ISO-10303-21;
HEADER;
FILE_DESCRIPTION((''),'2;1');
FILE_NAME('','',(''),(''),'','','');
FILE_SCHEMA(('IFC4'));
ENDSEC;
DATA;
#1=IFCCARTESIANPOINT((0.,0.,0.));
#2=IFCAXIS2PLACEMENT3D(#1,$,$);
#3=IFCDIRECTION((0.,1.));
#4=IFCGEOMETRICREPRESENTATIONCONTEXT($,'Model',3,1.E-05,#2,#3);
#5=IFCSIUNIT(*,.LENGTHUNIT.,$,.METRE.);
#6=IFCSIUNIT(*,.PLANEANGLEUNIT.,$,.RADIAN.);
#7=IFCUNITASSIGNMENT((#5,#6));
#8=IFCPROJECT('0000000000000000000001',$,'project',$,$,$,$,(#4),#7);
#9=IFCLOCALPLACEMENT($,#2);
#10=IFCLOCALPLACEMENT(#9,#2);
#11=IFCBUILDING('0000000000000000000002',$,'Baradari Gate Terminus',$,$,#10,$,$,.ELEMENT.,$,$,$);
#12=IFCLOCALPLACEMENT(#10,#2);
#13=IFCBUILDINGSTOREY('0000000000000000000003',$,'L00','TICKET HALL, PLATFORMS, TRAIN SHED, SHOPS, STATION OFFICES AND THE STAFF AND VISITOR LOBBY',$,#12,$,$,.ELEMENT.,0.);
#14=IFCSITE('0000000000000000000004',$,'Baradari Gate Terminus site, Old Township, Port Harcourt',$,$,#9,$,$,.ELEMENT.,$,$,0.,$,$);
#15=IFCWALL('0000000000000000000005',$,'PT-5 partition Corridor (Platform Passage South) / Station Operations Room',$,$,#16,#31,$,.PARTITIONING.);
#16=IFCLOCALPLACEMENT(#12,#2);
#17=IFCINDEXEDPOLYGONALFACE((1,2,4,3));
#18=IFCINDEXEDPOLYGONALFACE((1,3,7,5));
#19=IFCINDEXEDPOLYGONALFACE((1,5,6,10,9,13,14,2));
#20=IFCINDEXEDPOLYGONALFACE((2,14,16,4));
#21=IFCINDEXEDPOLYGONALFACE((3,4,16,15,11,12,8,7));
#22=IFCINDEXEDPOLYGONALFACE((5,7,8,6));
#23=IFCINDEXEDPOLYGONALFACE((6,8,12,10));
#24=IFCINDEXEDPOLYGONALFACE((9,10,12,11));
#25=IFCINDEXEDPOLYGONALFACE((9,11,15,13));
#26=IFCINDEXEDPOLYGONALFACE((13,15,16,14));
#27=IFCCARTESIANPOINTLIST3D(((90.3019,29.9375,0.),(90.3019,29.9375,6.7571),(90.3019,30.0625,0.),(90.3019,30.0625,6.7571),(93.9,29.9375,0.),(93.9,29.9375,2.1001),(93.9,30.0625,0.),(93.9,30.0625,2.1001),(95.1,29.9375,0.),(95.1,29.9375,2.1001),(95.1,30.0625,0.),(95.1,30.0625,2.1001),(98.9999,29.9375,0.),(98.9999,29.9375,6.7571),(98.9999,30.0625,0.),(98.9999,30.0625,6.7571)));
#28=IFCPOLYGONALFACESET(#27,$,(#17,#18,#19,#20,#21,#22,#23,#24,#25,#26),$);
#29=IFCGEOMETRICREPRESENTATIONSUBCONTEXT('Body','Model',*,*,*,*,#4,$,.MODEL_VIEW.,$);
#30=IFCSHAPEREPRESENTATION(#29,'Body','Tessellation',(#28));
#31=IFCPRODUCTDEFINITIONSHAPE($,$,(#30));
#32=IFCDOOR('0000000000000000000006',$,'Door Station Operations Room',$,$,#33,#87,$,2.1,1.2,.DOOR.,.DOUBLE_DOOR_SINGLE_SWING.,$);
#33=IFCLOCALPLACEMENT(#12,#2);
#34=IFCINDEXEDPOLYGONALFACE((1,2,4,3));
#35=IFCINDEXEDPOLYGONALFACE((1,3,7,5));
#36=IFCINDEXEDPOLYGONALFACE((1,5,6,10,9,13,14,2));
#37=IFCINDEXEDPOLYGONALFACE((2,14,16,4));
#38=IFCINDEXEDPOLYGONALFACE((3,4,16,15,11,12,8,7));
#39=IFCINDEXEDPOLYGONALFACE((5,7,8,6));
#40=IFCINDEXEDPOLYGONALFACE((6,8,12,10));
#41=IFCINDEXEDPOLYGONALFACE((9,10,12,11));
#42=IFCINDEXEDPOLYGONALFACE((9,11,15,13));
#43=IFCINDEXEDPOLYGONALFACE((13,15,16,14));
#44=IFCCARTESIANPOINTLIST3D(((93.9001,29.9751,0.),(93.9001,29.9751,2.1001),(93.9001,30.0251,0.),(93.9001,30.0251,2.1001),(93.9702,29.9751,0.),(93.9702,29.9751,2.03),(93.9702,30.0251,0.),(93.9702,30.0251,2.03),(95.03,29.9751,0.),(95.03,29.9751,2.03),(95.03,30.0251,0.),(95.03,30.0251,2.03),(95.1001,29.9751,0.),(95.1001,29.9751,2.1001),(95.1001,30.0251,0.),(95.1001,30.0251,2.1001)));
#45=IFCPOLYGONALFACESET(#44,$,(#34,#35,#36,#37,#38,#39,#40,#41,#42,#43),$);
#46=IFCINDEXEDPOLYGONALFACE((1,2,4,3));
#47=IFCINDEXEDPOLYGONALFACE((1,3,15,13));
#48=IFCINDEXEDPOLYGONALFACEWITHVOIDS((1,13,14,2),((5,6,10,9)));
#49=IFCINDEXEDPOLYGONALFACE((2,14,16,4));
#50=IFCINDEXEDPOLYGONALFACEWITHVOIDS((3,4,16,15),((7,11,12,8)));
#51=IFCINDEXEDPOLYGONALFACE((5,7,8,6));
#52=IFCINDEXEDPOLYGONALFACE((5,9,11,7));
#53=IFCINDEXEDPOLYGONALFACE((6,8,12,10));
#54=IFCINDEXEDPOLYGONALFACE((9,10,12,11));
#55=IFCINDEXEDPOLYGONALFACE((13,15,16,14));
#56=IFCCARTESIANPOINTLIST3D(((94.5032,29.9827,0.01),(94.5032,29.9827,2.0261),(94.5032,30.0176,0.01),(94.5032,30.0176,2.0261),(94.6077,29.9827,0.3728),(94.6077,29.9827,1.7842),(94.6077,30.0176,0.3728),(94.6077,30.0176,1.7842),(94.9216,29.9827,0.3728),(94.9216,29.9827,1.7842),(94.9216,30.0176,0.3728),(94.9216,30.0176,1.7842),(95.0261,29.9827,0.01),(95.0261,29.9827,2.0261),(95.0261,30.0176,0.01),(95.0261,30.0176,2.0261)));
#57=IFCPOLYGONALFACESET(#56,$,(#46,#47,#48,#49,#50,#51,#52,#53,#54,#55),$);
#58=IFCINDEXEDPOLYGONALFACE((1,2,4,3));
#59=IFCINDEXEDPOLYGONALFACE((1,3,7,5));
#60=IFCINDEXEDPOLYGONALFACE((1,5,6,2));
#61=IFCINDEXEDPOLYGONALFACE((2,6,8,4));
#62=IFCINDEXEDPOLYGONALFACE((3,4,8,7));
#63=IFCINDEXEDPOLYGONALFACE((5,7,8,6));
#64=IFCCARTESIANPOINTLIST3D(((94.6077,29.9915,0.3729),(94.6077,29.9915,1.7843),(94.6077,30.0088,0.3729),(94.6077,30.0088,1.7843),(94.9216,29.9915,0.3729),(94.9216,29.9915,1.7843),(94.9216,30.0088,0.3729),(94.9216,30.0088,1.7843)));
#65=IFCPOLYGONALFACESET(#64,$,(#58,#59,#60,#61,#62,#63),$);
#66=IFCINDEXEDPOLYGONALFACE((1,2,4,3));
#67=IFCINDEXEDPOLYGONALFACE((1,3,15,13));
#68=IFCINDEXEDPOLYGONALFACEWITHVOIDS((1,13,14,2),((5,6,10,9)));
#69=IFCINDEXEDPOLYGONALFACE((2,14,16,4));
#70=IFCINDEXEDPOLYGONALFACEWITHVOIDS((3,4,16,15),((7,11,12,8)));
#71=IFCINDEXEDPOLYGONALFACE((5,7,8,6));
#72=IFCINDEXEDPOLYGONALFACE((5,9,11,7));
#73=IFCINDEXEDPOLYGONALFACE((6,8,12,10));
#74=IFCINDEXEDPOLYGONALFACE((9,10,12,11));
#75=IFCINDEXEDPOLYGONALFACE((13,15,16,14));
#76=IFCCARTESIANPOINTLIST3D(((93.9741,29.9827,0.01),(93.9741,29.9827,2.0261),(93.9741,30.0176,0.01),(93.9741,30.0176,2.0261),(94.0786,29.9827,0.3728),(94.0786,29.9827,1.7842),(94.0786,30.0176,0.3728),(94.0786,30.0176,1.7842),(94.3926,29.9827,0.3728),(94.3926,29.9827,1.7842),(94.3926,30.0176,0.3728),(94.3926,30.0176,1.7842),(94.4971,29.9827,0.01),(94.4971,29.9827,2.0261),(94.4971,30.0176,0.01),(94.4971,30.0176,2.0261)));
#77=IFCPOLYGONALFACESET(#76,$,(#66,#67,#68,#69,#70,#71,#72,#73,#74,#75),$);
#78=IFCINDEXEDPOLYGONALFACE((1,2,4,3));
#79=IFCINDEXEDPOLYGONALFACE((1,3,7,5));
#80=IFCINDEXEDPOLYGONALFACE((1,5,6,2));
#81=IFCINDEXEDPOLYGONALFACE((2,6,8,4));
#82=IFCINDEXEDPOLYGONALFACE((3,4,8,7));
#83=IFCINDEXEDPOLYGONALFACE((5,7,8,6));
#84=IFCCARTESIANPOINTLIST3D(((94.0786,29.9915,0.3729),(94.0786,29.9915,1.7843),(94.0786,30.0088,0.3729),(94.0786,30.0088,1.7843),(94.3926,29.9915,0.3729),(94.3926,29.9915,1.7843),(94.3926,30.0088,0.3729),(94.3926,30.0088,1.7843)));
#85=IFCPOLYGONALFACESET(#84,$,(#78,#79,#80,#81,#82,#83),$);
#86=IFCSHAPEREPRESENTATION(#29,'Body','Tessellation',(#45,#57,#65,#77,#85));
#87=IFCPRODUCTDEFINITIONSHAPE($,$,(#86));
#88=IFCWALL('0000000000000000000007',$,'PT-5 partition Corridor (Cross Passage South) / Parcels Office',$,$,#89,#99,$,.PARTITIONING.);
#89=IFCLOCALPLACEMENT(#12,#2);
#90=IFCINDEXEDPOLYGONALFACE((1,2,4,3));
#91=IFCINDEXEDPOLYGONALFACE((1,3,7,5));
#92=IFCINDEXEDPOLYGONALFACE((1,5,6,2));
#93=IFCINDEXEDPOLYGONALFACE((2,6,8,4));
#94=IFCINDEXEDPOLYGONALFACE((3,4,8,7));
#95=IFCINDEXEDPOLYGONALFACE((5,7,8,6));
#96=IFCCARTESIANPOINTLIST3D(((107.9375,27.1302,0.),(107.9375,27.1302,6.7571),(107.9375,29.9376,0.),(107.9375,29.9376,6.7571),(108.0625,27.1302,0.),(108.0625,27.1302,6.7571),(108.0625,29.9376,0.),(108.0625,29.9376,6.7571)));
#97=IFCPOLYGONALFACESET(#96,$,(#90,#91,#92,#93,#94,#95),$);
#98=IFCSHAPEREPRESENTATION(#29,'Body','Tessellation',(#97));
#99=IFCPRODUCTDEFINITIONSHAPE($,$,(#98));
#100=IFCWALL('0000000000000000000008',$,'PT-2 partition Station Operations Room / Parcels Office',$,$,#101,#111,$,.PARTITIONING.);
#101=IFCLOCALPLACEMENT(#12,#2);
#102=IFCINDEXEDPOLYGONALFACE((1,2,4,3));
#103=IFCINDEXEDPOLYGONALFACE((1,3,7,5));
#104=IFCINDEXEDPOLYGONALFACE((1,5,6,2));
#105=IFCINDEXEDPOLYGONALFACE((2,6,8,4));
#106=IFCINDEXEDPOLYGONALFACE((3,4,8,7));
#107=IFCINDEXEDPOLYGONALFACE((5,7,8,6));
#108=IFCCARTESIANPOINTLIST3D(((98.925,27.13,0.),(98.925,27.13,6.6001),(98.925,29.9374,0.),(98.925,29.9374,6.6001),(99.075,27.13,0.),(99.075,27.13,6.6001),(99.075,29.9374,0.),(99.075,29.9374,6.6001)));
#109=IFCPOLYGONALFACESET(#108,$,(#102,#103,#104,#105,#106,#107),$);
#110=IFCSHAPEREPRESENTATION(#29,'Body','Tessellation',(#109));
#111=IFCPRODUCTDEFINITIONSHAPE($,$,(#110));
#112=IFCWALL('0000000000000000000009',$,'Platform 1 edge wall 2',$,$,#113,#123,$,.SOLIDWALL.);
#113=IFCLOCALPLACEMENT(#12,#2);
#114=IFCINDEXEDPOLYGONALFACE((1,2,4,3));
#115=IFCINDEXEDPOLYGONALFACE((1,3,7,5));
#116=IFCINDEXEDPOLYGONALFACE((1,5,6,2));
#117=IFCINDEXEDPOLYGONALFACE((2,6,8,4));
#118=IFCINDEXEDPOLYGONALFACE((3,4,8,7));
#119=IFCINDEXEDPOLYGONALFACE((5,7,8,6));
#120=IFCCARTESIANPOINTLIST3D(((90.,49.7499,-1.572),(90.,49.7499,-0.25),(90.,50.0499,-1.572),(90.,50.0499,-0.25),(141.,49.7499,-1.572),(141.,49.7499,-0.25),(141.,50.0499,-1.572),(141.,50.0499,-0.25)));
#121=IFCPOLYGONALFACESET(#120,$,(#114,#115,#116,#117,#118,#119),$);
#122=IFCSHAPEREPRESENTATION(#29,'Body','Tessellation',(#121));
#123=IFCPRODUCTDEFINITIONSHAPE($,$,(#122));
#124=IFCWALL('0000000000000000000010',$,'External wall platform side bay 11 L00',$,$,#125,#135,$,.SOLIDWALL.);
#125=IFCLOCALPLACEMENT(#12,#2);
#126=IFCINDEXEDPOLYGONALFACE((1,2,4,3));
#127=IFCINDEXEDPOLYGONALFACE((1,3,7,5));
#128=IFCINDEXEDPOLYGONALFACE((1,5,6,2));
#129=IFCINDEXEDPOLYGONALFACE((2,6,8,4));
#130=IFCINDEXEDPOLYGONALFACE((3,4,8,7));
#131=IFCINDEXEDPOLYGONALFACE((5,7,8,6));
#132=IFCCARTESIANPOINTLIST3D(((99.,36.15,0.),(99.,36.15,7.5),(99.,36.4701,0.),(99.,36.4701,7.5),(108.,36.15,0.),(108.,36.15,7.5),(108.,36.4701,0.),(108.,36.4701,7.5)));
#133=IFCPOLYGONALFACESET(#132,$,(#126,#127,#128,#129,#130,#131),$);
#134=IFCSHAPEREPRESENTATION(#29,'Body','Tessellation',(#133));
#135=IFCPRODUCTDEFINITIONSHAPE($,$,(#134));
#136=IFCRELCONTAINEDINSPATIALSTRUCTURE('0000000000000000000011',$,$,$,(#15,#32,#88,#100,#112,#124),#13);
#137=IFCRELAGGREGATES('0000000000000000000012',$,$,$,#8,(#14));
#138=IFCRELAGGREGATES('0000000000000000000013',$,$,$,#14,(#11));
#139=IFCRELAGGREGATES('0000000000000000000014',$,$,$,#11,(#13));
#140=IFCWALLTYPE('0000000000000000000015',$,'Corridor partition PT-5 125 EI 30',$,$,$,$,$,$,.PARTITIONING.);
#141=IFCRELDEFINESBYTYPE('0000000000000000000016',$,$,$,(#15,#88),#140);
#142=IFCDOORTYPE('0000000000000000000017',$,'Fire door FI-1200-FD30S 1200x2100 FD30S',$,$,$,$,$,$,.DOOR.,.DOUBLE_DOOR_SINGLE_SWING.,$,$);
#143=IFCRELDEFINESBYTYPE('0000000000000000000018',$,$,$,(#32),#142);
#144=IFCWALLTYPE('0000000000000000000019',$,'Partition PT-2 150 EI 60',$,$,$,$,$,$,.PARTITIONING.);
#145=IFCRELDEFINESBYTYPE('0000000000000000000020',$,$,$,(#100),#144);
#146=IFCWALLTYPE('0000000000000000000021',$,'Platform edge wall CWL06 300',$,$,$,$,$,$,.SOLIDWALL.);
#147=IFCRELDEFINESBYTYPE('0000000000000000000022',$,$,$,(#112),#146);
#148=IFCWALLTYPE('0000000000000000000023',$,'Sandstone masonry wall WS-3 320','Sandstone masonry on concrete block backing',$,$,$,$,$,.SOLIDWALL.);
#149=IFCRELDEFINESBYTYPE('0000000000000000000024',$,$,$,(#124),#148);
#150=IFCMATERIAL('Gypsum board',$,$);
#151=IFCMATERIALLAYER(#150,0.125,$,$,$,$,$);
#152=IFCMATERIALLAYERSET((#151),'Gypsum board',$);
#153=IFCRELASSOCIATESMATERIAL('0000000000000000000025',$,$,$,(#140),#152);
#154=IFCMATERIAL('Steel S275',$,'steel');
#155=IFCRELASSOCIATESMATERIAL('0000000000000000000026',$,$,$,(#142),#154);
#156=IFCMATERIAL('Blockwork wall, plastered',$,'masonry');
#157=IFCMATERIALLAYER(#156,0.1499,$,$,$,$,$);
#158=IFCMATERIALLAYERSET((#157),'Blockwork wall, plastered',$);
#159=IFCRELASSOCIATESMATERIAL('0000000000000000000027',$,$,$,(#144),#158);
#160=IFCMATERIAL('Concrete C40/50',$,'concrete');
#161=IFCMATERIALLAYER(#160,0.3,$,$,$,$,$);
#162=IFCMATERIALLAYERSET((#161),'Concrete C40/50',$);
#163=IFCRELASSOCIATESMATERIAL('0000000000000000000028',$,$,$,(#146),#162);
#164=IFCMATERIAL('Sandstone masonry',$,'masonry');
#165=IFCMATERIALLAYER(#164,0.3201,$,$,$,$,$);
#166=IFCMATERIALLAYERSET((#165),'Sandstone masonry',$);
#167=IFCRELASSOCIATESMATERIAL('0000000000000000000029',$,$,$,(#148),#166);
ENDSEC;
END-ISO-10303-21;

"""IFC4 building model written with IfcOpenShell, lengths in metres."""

from ifc_helpers import new_model, si_unit, direction, frame, frame_2d, origin, place, context, subcontext, project, spatial, polyline, rectangle, outline, extrude, material, layer, layer_set, type_object, element, fill, save


model = new_model("IFC4")

# Units and contexts
model_context = context("Model", 3, precision=1e-05, world=origin(), true_north=direction((0.0, 1.0)))
body_context = subcontext(model_context, "Body", "Model", "MODEL_VIEW")
ifc_project = project(units=[si_unit("LENGTHUNIT", "METRE"), si_unit("PLANEANGLEUNIT", "RADIAN")], contexts=[model_context])

# Site, building, storey
site_placement = place(None, origin())
site = spatial("IfcSite", under=ifc_project, at=site_placement, Name="Baradari Gate Terminus site, Old Township, Port Harcourt", CompositionType="ELEMENT", RefElevation=0.0)
building_placement = place(site_placement, origin())
building = spatial("IfcBuilding", under=site, at=building_placement, Name="Baradari Gate Terminus", CompositionType="ELEMENT")
storey_placement = place(building_placement, origin())
storey = spatial("IfcBuildingStorey", under=building, at=storey_placement, Name="L00", Description="TICKET HALL, PLATFORMS, TRAIN SHED, SHOPS, STATION OFFICES AND THE STAFF AND VISITOR LOBBY", CompositionType="ELEMENT", Elevation=0.0)

# Wall, opening, door
ifc_material_1 = material(Name="Gypsum board")
ifc_layer_1 = layer(ifc_material_1, 0.125)
ifc_layer_set_1 = layer_set([ifc_layer_1], Name="Gypsum board")
wall_type_1 = type_object("IfcWallType", Name="Corridor partition PT-5 125 EI 30", PredefinedType="PARTITIONING", material=ifc_layer_set_1)
wall_1_placement = place(storey_placement, frame((99.0, 30.0, 0.0), z_axis=(0.0, 0.0, 1.0), x_axis=(-1.0, 0.0, 0.0)))
wall_1 = element("IfcWall", 1, at=wall_1_placement, inside=storey, type_object=wall_type_1, Name="PT-5 partition Corridor (Platform Passage South) / Station Operations Room", PredefinedType="PARTITIONING", context=body_context, shape_type="SweptSolid", body=[
    extrude(rectangle(XDim=8.698, YDim=0.125, at=frame_2d((4.3491, 0.0))), origin(), (0.0, 0.0, 1.0), 6.7571),
])
opening_1_placement = place(wall_1_placement, frame((3.8999, 0.0, 0.0)))
opening_1 = element("IfcOpeningElement", 2, at=opening_1_placement, cuts=wall_1, PredefinedType="OPENING", context=body_context, shape_type="SweptSolid", body=[
    extrude(rectangle(XDim=1.2, YDim=2.1001, at=frame_2d((0.6001, 1.05))), frame((0.0, 0.0725, 0.0), z_axis=(0.0, -1.0, 0.0), x_axis=(1.0, 0.0, 0.0)), (0.0, 0.0, 1.0), 0.145),
])
ifc_material_2 = material(Name="Steel S275", Category="steel")
door_type_1 = type_object("IfcDoorType", Name="Fire door FI-1200-FD30S 1200x2100 FD30S", OperationType="DOUBLE_DOOR_SINGLE_SWING", PredefinedType="DOOR", material=ifc_material_2)
door_1_placement = place(opening_1_placement, origin())
door_1 = element("IfcDoor", 3, at=door_1_placement, inside=storey, type_object=door_type_1, Name="Door Station Operations Room", OperationType="DOUBLE_DOOR_SINGLE_SWING", OverallHeight=2.1, OverallWidth=1.2, PredefinedType="DOOR", context=body_context, shape_type="SweptSolid", body=[
    extrude(outline(polyline([(0.0, 0.0), (0.0701, 0.0), (0.0701, 2.03), (1.1299, 2.03), (1.1299, 0.0), (1.2, 0.0), (1.2, 2.1001), (0.0, 2.1001), (0.0, 0.0)])), frame((0.0, 0.0249, 0.0), z_axis=(0.0, -1.0, 0.0), x_axis=(1.0, 0.0, 0.0)), (0.0, 0.0, 1.0), 0.05),
    extrude(outline(polyline([(0.074, 0.01), (0.5969, 0.01), (0.5969, 2.0261), (0.074, 2.0261), (0.074, 0.01)]), holes=[polyline([(0.1785, 0.3728), (0.4924, 0.3728), (0.4924, 1.7842), (0.1785, 1.7842), (0.1785, 0.3728)])]), frame((0.0, 0.0173, 0.0), z_axis=(0.0, -1.0, 0.0), x_axis=(1.0, 0.0, 0.0)), (0.0, 0.0, 1.0), 0.0349),
    extrude(rectangle(XDim=0.314, YDim=1.4114, at=frame_2d((0.3354, 1.0786))), frame((0.0, 0.0085, 0.0), z_axis=(0.0, -1.0, 0.0), x_axis=(1.0, 0.0, 0.0)), (0.0, 0.0, 1.0), 0.0173),
    extrude(outline(polyline([(0.603, 0.01), (1.126, 0.01), (1.126, 2.0261), (0.603, 2.0261), (0.603, 0.01)]), holes=[polyline([(0.7075, 0.3728), (1.0215, 0.3728), (1.0215, 1.7842), (0.7075, 1.7842), (0.7075, 0.3728)])]), frame((0.0, 0.0173, 0.0), z_axis=(0.0, -1.0, 0.0), x_axis=(1.0, 0.0, 0.0)), (0.0, 0.0, 1.0), 0.0349),
    extrude(rectangle(XDim=0.314, YDim=1.4114, at=frame_2d((0.8645, 1.0786))), frame((0.0, 0.0085, 0.0), z_axis=(0.0, -1.0, 0.0), x_axis=(1.0, 0.0, 0.0)), (0.0, 0.0, 1.0), 0.0173),
])
fill(opening_1, door_1)

# Walls
wall_2_placement = place(storey_placement, frame((108.0, 27.1301, 0.0), z_axis=(0.0, 0.0, 1.0), x_axis=(0.0, 1.0, 0.0)))
element("IfcWall", 4, at=wall_2_placement, inside=storey, type_object=wall_type_1, Name="PT-5 partition Corridor (Cross Passage South) / Parcels Office", PredefinedType="PARTITIONING", context=body_context, shape_type="SweptSolid", body=[
    extrude(rectangle(XDim=2.8074, YDim=0.125, at=frame_2d((1.4038, 0.0))), origin(), (0.0, 0.0, 1.0), 6.7571),
])
ifc_material_3 = material(Name="Blockwork wall, plastered", Category="masonry")
ifc_layer_2 = layer(ifc_material_3, 0.1499)
ifc_layer_set_2 = layer_set([ifc_layer_2], Name="Blockwork wall, plastered")
wall_type_2 = type_object("IfcWallType", Name="Partition PT-2 150 EI 60", PredefinedType="PARTITIONING", material=ifc_layer_set_2)
wall_3_placement = place(storey_placement, frame((99.0, 29.9375, 0.0), z_axis=(0.0, 0.0, 1.0), x_axis=(0.0, -1.0, 0.0)))
element("IfcWall", 5, at=wall_3_placement, inside=storey, type_object=wall_type_2, Name="PT-2 partition Station Operations Room / Parcels Office", PredefinedType="PARTITIONING", context=body_context, shape_type="SweptSolid", body=[
    extrude(rectangle(XDim=2.8074, YDim=0.1499, at=frame_2d((1.4038, 0.0))), origin(), (0.0, 0.0, 1.0), 6.6001),
])
ifc_material_4 = material(Name="Concrete C40/50", Category="concrete")
ifc_layer_3 = layer(ifc_material_4, 0.3)
ifc_layer_set_3 = layer_set([ifc_layer_3], Name="Concrete C40/50")
wall_type_3 = type_object("IfcWallType", Name="Platform edge wall CWL06 300", PredefinedType="SOLIDWALL", material=ifc_layer_set_3)
wall_4_placement = place(storey_placement, frame((90.0, 49.8999, -1.572), z_axis=(0.0, 0.0, 1.0), x_axis=(1.0, 0.0, 0.0)))
element("IfcWall", 6, at=wall_4_placement, inside=storey, type_object=wall_type_3, Name="Platform 1 edge wall 2", PredefinedType="SOLIDWALL", context=body_context, shape_type="SweptSolid", body=[
    extrude(rectangle(XDim=51.0, YDim=0.3, at=frame_2d((25.5, 0.0))), origin(), (0.0, 0.0, 1.0), 1.322),
])

# Shared definitions
ifc_material_5 = material(Name="Sandstone masonry", Category="masonry")
ifc_layer_4 = layer(ifc_material_5, 0.3201)
ifc_layer_set_4 = layer_set([ifc_layer_4], Name="Sandstone masonry")
wall_type_4 = type_object("IfcWallType", Name="Sandstone masonry wall WS-3 320", Description="Sandstone masonry on concrete block backing", PredefinedType="SOLIDWALL", material=ifc_layer_set_4)

# Wall
wall_5_placement = place(storey_placement, frame((99.0, 36.3101, 0.0), z_axis=(0.0, 0.0, 1.0), x_axis=(1.0, 0.0, 0.0)))
element("IfcWall", 7, at=wall_5_placement, inside=storey, type_object=wall_type_4, Name="External wall platform side bay 11 L00", PredefinedType="SOLIDWALL", context=body_context, shape_type="SweptSolid", body=[
    extrude(rectangle(XDim=9.0, YDim=0.3201, at=frame_2d((4.5, 0.0))), origin(), (0.0, 0.0, 1.0), 7.5),
])

save(model, "model.ifc")
